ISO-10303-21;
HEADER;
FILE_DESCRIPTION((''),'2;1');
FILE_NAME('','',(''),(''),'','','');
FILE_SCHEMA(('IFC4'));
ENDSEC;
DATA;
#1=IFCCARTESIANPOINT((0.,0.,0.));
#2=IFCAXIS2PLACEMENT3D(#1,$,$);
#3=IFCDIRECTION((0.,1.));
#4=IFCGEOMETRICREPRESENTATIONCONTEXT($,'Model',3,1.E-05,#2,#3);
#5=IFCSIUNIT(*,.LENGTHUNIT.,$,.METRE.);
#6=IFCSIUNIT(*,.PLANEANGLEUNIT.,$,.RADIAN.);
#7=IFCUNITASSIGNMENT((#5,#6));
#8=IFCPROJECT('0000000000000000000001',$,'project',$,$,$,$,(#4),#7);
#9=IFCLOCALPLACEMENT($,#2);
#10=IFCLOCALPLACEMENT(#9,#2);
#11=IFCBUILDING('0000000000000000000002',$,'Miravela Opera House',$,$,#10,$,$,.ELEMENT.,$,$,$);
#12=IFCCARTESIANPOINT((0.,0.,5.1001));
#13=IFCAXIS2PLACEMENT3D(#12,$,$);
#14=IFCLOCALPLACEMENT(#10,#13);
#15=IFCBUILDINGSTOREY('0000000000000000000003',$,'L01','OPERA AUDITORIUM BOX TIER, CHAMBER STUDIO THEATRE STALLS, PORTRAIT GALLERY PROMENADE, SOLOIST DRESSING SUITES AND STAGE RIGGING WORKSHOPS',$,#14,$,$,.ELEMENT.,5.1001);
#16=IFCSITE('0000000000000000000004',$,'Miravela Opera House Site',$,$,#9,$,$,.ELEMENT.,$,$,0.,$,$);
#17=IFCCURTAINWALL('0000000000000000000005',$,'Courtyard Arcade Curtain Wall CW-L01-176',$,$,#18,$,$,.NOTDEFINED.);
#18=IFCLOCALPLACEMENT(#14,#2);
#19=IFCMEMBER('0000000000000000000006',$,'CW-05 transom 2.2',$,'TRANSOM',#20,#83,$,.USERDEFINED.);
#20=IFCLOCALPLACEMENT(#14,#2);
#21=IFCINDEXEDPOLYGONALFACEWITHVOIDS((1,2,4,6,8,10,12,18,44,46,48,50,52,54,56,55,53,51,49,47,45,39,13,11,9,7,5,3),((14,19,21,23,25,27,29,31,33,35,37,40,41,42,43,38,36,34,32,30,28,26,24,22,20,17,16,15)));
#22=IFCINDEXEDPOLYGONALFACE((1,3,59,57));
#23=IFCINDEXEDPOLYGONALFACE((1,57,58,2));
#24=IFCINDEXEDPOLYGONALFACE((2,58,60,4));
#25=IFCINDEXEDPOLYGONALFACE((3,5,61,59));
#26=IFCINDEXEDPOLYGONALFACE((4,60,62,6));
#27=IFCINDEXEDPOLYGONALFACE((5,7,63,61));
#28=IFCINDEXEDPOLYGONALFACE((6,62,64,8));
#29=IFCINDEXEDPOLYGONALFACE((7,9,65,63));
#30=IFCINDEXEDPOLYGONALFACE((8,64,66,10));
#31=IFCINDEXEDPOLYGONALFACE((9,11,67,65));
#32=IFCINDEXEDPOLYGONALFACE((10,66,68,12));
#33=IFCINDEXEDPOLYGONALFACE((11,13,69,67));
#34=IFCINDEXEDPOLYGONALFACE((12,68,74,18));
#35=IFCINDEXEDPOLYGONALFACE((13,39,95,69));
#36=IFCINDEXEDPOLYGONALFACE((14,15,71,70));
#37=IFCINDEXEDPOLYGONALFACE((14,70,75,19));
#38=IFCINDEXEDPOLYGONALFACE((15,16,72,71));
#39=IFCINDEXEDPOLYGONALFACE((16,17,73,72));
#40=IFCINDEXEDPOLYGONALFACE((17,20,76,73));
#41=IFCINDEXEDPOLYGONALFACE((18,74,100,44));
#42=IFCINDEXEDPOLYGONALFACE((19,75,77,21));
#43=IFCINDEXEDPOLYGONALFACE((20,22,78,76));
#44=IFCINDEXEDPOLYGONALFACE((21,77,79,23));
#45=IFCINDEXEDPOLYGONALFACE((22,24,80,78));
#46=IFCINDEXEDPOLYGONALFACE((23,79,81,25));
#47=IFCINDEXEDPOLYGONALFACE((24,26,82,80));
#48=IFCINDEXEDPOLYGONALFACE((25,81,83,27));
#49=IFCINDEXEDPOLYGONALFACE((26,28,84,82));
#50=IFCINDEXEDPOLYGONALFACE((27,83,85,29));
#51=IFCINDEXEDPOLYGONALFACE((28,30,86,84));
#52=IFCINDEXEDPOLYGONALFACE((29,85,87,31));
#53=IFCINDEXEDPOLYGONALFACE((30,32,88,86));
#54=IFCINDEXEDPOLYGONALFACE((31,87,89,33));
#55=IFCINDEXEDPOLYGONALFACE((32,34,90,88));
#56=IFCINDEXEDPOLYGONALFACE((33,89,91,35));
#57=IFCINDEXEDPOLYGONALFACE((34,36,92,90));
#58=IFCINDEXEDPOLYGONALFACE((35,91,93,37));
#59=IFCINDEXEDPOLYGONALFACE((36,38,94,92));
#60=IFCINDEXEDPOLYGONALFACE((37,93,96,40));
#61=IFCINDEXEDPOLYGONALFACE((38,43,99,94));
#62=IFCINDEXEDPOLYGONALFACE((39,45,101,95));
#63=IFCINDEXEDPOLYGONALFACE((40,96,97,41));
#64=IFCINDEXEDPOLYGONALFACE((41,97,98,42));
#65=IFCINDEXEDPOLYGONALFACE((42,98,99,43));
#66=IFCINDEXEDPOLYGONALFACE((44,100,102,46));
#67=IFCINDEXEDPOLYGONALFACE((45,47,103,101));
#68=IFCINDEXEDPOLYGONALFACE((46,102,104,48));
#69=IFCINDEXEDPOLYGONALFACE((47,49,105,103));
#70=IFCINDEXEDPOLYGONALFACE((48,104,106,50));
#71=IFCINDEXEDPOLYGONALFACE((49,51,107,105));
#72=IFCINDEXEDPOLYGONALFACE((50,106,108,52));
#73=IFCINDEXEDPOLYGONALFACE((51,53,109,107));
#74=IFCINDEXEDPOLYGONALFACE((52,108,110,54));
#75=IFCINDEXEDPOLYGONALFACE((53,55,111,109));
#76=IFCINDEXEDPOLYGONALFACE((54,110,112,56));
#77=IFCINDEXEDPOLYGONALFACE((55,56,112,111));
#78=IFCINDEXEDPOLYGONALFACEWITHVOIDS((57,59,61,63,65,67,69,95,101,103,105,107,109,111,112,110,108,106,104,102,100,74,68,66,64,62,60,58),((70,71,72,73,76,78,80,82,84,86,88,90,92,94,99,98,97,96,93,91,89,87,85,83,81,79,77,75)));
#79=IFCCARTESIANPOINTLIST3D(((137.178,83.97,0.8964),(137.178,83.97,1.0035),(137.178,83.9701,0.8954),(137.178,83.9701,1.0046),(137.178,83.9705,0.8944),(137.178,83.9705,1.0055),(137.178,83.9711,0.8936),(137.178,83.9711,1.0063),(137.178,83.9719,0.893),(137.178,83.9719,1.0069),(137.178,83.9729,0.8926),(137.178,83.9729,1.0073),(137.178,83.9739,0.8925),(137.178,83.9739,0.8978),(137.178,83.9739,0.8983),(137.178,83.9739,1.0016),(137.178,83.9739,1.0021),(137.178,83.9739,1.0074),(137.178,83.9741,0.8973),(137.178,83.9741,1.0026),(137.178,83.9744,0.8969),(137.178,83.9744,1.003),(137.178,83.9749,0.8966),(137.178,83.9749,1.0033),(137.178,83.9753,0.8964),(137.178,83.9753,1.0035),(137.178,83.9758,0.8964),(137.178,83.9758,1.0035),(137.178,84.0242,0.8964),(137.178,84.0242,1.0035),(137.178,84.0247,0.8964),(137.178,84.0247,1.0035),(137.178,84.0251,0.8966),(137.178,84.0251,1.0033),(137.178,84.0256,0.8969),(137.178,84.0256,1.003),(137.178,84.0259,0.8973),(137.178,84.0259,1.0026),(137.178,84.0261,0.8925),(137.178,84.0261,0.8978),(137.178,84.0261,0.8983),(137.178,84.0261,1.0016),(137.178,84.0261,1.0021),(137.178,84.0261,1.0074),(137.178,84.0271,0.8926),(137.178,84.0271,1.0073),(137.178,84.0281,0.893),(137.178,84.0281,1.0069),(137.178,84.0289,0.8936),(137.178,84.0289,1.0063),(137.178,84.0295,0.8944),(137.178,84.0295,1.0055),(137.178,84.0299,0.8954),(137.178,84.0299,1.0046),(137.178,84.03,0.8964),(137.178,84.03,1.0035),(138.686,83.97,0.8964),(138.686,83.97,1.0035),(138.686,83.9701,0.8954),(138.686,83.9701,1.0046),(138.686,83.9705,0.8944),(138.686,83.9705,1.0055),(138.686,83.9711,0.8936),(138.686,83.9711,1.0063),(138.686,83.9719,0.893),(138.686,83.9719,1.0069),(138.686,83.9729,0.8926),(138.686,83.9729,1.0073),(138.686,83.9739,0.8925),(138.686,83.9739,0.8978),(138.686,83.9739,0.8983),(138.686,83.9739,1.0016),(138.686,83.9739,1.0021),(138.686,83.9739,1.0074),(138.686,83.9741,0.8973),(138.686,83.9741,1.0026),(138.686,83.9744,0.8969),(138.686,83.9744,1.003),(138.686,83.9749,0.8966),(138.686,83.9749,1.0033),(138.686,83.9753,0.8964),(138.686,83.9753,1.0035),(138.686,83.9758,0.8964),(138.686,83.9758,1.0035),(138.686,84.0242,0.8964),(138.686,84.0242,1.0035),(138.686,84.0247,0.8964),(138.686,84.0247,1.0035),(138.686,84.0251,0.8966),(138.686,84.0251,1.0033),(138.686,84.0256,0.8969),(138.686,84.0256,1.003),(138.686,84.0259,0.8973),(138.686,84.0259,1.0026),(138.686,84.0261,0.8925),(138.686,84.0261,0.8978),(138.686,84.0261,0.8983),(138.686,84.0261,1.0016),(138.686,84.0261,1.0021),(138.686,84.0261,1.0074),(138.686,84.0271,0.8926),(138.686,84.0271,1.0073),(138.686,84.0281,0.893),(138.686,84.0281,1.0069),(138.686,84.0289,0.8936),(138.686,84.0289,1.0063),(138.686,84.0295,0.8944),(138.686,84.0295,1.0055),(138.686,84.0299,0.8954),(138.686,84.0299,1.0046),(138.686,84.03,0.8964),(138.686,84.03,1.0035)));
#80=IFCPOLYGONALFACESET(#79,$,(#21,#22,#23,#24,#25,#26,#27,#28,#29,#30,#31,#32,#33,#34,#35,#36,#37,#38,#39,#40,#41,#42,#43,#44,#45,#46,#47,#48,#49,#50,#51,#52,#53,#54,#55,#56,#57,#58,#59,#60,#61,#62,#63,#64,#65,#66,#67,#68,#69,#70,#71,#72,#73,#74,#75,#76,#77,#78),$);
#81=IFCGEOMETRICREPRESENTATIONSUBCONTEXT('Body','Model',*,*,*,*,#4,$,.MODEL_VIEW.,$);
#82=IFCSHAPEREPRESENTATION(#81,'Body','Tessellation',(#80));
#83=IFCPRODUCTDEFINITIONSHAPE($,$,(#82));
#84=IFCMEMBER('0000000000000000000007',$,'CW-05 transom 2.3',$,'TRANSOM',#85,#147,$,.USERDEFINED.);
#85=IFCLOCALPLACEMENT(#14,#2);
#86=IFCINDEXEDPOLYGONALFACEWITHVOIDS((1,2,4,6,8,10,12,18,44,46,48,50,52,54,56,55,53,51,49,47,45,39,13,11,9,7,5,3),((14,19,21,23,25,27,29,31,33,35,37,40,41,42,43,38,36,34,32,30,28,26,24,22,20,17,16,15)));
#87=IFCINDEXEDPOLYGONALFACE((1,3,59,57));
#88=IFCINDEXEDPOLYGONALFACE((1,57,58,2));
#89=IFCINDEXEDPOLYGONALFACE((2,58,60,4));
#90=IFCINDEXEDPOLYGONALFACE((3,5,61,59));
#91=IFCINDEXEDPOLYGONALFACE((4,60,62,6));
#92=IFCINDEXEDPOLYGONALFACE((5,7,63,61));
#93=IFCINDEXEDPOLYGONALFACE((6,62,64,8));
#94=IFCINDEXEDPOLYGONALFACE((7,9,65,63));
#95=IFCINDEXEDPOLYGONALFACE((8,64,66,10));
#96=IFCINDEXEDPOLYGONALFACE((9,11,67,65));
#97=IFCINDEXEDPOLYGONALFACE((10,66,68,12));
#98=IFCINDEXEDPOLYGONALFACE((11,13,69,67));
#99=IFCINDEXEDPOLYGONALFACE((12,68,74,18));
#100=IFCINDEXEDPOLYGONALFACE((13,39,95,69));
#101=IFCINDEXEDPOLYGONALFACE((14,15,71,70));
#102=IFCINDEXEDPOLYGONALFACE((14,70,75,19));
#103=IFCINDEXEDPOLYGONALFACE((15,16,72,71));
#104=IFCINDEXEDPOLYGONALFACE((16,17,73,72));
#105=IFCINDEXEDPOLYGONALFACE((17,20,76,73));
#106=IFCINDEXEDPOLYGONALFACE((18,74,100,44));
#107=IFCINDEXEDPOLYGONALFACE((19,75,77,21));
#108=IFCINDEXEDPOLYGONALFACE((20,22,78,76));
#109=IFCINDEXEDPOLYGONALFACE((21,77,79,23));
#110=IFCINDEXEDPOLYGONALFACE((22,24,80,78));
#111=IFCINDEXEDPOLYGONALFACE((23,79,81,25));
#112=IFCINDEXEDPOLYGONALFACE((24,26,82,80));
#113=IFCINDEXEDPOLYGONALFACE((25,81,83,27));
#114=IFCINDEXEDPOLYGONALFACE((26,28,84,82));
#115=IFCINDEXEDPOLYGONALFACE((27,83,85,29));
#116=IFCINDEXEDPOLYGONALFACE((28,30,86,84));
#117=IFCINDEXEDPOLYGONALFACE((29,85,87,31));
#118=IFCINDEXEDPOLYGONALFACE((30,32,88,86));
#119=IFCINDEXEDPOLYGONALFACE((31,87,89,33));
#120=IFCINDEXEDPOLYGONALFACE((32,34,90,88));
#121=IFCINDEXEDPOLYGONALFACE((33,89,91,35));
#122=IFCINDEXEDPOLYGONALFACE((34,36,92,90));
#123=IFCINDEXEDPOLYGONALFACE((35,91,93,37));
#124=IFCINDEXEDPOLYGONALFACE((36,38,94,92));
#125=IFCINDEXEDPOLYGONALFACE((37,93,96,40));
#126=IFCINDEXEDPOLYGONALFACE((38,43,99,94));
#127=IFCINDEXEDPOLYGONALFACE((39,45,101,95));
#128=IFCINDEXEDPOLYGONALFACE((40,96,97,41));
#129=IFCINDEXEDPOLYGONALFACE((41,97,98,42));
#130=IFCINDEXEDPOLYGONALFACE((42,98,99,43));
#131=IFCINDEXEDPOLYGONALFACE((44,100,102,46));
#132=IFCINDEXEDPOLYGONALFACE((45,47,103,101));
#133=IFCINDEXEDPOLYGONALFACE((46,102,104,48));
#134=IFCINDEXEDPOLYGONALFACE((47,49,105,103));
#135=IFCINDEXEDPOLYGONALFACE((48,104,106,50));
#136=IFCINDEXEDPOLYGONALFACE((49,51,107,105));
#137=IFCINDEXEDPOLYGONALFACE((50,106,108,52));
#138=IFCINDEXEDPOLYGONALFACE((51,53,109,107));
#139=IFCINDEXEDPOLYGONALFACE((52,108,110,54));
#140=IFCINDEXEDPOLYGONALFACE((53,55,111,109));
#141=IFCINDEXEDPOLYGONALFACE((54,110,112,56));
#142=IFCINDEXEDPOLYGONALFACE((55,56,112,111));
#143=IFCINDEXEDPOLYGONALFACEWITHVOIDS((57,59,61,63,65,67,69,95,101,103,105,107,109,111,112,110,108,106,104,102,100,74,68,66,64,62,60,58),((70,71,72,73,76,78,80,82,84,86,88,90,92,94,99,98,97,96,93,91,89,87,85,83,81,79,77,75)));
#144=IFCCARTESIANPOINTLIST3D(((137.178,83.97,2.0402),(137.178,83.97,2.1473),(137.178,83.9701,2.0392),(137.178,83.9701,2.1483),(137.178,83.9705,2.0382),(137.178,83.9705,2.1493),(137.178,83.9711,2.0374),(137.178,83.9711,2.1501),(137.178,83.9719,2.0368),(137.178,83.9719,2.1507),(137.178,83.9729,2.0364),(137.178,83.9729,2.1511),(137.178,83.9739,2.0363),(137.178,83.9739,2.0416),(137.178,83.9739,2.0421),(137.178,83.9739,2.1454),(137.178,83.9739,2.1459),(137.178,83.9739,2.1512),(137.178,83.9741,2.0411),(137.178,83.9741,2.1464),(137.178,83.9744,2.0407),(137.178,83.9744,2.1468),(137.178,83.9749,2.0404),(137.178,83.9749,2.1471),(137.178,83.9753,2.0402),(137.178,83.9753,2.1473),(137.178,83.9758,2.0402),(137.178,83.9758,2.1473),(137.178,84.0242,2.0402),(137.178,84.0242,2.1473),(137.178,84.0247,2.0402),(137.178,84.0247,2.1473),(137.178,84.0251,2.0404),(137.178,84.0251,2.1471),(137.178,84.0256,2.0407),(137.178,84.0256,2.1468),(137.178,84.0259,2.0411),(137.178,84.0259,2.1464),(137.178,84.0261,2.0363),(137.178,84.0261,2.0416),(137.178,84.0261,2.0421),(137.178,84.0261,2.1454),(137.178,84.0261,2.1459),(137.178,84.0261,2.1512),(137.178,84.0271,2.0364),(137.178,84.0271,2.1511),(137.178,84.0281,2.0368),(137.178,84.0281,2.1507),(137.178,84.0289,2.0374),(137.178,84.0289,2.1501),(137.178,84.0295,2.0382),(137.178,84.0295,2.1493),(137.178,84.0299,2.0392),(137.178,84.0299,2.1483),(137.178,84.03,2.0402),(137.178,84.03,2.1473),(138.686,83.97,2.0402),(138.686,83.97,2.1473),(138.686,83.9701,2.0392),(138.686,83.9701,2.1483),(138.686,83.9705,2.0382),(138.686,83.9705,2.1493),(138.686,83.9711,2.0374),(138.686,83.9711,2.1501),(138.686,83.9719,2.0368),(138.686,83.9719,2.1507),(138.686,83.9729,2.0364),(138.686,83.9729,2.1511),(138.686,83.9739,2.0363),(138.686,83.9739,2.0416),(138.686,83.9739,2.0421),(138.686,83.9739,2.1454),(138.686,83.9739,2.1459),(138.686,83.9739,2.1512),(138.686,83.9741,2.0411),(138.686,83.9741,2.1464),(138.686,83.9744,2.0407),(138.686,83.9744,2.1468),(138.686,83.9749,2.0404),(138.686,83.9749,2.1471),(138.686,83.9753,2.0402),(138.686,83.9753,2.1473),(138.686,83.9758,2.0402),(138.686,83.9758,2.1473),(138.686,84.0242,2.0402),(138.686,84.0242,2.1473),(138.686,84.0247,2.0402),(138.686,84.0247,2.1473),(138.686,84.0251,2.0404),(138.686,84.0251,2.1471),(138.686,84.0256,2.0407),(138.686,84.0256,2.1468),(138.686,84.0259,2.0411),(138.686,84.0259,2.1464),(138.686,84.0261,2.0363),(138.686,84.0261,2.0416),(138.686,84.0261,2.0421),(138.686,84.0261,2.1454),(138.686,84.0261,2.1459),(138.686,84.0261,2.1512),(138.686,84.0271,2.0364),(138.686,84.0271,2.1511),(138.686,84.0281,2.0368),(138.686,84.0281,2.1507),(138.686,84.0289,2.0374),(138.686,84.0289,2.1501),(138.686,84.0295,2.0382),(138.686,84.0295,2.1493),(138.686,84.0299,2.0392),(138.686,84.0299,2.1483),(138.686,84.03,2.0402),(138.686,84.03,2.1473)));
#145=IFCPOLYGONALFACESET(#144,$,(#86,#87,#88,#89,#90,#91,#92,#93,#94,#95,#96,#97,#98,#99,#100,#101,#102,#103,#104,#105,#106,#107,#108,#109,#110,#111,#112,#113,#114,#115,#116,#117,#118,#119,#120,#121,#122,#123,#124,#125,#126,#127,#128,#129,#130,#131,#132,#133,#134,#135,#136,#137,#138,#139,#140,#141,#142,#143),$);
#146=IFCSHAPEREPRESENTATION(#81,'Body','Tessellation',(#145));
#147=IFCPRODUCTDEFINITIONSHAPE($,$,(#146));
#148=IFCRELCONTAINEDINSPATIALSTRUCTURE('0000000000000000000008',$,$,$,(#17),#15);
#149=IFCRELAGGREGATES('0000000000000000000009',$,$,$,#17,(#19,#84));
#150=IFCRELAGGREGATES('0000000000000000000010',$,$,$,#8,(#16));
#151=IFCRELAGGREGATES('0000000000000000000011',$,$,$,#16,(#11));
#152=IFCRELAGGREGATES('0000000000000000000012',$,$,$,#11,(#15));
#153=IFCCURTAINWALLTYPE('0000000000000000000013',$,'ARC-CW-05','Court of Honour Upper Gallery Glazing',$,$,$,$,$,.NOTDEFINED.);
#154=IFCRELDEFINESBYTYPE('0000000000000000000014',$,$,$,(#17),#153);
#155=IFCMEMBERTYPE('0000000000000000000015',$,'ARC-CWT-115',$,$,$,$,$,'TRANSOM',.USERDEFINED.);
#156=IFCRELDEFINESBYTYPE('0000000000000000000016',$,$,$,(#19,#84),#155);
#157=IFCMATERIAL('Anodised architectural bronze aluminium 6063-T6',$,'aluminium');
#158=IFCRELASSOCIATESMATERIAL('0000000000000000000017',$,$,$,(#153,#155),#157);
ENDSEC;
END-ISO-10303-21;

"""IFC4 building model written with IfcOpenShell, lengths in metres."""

from ifc_helpers import new_model, si_unit, direction, frame, origin, origin_2d, place, context, subcontext, project, spatial, hollow_rectangle, extrude, material, material_profile, profile_set, type_object, element, aggregate, save


model = new_model("IFC4")

# Units and contexts
model_context = context("Model", 3, precision=1e-05, world=origin(), true_north=direction((0.0, 1.0)))
body_context = subcontext(model_context, "Body", "Model", "MODEL_VIEW")
ifc_project = project(units=[si_unit("LENGTHUNIT", "METRE"), si_unit("PLANEANGLEUNIT", "RADIAN")], contexts=[model_context])

# Site, building, storey
site_placement = place(None, origin())
site = spatial("IfcSite", under=ifc_project, at=site_placement, Name="Miravela Opera House Site", CompositionType="ELEMENT", RefElevation=0.0)
building_placement = place(site_placement, origin())
building = spatial("IfcBuilding", under=site, at=building_placement, Name="Miravela Opera House", CompositionType="ELEMENT")
storey_placement = place(building_placement, frame((0.0, 0.0, 5.1001)))
storey = spatial("IfcBuildingStorey", under=building, at=storey_placement, Name="L01", Description="OPERA AUDITORIUM BOX TIER, CHAMBER STUDIO THEATRE STALLS, PORTRAIT GALLERY PROMENADE, SOLOIST DRESSING SUITES AND STAGE RIGGING WORKSHOPS", CompositionType="ELEMENT", Elevation=5.1001)

# Curtain wall, members
ifc_material_1 = material(Name="Anodised architectural bronze aluminium 6063-T6", Category="aluminium")
curtain_wall_type = type_object("IfcCurtainWallType", Name="ARC-CW-05", Description="Court of Honour Upper Gallery Glazing", PredefinedType="NOTDEFINED", material=ifc_material_1)
curtain_wall_placement = place(storey_placement, origin())
curtain_wall = element("IfcCurtainWall", 1, at=curtain_wall_placement, inside=storey, type_object=curtain_wall_type, Name="Courtyard Arcade Curtain Wall CW-L01-176", PredefinedType="NOTDEFINED")
ifc_material_profile_1 = material_profile(ifc_material_1, hollow_rectangle(XDim=0.0601, YDim=0.115, WallThickness=0.0039, InnerFilletRadius=0.002, OuterFilletRadius=0.0039, at=origin_2d()), Name="CWT-60X115")
ifc_profile_set_1 = profile_set([ifc_material_profile_1])
member_type_1 = type_object("IfcMemberType", Name="ARC-CWT-115", ElementType="TRANSOM", PredefinedType="USERDEFINED", material=ifc_profile_set_1)
member_1_placement = place(storey_placement, frame((137.178, 84.0, 0.95), z_axis=(1.0, 0.0, 0.0), x_axis=(0.0, 1.0, 0.0)))
member_1 = element("IfcMember", 2, at=member_1_placement, type_object=member_type_1, Name="CW-05 transom 2.2", ObjectType="TRANSOM", PredefinedType="USERDEFINED", context=body_context, shape_type="SweptSolid", body=[
    extrude(hollow_rectangle(XDim=0.0601, YDim=0.115, WallThickness=0.0039, InnerFilletRadius=0.002, OuterFilletRadius=0.0039, at=origin_2d()), origin(), (0.0, 0.0, 1.0), 1.5081),
])
member_2_placement = place(storey_placement, frame((137.178, 84.0, 2.0938), z_axis=(1.0, 0.0, 0.0), x_axis=(0.0, 1.0, 0.0)))
member_2 = element("IfcMember", 3, at=member_2_placement, type_object=member_type_1, Name="CW-05 transom 2.3", ObjectType="TRANSOM", PredefinedType="USERDEFINED", context=body_context, shape_type="SweptSolid", body=[
    extrude(hollow_rectangle(XDim=0.0601, YDim=0.115, WallThickness=0.0039, InnerFilletRadius=0.002, OuterFilletRadius=0.0039, at=origin_2d()), origin(), (0.0, 0.0, 1.0), 1.5081),
])
aggregate(curtain_wall, [member_1, member_2])

save(model, "model.ifc")
